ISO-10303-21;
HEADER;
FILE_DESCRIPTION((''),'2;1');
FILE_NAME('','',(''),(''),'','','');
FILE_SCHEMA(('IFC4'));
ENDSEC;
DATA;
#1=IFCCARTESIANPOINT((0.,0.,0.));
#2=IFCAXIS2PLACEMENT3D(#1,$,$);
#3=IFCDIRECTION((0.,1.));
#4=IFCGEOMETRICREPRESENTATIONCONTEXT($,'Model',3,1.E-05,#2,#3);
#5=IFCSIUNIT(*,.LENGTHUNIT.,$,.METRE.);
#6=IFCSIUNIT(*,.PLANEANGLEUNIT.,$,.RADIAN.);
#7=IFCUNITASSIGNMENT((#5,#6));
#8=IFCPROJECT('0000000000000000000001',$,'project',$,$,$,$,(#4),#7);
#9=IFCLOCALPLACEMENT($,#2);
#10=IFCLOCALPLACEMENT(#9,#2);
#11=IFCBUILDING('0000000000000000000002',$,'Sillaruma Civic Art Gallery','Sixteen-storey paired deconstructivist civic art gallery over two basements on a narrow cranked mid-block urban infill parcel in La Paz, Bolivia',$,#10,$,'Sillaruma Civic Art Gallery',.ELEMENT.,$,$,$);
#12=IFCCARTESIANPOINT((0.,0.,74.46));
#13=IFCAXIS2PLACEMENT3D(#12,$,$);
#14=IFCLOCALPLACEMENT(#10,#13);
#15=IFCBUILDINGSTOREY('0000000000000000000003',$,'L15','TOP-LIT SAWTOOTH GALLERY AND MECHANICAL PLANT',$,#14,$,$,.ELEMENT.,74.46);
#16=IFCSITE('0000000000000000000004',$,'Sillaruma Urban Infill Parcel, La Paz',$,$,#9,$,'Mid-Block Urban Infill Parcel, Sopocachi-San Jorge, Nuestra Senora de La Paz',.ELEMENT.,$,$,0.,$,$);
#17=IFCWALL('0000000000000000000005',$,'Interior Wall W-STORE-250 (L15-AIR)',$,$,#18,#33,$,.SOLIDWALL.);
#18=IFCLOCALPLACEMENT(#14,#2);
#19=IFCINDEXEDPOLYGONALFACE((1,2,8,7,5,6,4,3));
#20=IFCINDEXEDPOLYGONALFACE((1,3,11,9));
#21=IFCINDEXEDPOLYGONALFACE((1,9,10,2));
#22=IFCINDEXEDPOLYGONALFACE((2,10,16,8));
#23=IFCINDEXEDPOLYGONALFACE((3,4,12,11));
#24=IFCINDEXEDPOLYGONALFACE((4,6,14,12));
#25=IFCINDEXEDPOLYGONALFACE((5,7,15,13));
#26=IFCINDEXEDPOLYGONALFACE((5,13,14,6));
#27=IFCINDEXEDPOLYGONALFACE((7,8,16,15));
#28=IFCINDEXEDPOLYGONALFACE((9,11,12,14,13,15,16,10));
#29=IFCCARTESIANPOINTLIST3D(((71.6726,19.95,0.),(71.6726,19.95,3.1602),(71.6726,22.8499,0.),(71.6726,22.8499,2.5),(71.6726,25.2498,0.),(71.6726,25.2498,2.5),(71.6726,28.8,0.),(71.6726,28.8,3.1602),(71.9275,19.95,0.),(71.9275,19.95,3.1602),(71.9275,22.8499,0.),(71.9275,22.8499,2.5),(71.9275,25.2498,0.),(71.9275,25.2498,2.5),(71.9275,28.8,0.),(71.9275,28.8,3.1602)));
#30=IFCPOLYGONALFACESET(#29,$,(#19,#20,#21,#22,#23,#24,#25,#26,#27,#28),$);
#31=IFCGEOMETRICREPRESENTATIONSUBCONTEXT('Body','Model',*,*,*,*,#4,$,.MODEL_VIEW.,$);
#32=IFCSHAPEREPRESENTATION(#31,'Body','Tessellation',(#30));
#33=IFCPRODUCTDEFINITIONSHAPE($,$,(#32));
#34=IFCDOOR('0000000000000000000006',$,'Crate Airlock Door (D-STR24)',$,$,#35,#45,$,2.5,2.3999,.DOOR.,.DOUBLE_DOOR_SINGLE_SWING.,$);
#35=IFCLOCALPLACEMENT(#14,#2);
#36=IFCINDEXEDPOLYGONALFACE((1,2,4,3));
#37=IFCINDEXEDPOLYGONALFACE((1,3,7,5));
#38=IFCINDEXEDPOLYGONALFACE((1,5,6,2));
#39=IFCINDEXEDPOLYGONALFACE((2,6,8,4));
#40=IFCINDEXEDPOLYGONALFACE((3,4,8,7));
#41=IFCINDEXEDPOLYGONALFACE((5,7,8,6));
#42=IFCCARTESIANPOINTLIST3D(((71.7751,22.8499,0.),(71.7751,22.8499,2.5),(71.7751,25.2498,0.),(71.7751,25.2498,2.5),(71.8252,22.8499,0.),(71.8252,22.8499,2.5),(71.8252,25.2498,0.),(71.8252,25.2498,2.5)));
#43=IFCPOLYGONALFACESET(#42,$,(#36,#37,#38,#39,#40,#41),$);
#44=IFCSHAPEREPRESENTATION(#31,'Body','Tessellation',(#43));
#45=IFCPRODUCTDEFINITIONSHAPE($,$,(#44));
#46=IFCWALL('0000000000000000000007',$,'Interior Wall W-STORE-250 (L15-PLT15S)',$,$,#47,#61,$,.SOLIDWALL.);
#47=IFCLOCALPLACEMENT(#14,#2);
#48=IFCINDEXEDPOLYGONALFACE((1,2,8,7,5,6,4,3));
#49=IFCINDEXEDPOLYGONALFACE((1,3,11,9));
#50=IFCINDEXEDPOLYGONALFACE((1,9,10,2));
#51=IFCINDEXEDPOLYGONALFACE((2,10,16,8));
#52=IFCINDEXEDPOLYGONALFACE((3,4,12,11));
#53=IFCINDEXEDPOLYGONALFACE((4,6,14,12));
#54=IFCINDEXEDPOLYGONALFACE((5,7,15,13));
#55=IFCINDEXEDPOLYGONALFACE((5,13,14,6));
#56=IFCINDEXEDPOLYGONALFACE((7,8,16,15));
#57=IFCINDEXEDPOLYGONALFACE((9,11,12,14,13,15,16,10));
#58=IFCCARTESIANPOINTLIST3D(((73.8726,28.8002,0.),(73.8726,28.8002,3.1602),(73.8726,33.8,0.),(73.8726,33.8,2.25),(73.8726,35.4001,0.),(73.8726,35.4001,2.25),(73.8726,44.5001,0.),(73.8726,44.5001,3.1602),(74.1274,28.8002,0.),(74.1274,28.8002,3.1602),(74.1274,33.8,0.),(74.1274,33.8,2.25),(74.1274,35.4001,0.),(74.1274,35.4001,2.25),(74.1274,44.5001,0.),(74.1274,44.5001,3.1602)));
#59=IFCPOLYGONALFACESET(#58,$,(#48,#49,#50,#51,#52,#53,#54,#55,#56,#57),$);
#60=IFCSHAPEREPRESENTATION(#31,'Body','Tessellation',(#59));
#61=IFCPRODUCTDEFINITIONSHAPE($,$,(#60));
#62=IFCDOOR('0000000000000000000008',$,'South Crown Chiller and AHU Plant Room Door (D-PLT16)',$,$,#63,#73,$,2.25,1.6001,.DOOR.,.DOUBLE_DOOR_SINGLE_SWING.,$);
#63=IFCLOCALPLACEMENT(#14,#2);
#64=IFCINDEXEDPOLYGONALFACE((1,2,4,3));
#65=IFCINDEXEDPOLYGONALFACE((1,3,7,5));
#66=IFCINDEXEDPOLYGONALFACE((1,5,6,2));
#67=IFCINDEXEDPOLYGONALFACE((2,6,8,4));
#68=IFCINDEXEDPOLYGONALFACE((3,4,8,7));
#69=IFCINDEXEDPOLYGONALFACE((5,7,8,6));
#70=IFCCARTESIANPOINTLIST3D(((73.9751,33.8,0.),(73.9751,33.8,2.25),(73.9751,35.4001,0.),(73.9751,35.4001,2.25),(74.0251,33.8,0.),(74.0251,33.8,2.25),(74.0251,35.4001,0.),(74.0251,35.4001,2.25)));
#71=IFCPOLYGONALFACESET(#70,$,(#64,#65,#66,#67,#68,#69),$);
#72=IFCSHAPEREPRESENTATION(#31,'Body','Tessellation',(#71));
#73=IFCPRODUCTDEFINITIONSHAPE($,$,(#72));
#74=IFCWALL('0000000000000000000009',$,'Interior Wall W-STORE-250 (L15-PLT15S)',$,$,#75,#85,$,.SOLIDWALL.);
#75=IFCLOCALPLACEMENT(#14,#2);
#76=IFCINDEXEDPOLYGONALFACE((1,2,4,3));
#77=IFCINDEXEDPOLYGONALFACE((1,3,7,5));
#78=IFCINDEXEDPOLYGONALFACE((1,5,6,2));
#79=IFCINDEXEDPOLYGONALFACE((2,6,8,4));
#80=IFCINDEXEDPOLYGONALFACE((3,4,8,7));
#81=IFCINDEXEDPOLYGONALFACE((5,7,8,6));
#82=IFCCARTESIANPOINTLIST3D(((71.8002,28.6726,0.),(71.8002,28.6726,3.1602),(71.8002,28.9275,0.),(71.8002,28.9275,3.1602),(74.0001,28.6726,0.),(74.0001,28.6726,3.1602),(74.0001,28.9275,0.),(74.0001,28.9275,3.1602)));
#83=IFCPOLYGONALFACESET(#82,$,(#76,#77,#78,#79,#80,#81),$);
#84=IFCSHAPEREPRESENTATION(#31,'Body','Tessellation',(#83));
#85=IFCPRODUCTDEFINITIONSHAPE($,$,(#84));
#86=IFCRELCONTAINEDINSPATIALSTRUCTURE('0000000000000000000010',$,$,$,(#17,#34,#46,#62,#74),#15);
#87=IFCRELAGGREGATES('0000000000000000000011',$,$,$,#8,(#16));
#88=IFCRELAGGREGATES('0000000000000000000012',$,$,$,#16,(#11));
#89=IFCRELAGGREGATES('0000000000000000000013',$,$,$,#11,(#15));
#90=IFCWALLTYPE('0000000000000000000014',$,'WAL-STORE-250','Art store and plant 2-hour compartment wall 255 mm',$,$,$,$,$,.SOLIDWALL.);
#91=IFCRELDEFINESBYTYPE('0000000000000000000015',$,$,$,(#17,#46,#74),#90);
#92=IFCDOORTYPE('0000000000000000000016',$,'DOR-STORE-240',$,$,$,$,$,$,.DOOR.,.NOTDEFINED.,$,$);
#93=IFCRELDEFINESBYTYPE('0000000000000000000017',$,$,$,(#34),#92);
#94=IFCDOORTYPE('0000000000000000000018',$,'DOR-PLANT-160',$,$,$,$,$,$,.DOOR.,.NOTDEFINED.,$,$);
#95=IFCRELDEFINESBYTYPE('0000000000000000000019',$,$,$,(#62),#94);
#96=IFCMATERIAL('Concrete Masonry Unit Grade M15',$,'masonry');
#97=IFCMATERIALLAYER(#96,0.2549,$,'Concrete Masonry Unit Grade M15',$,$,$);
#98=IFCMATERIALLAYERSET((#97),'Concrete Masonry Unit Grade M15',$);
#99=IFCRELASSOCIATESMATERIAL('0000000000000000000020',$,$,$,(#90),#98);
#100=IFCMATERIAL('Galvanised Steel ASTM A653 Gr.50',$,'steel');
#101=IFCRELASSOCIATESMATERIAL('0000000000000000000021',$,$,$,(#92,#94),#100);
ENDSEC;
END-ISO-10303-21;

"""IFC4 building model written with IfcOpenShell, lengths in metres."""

from ifc_helpers import new_model, si_unit, direction, frame, frame_2d, origin, place, context, subcontext, project, spatial, rectangle, extrude, material, layer, layer_set, type_object, element, fill, save


model = new_model("IFC4")

# Units and contexts
model_context = context("Model", 3, precision=1e-05, world=origin(), true_north=direction((0.0, 1.0)))
body_context = subcontext(model_context, "Body", "Model", "MODEL_VIEW")
ifc_project = project(units=[si_unit("LENGTHUNIT", "METRE"), si_unit("PLANEANGLEUNIT", "RADIAN")], contexts=[model_context])

# Site, building, storey
site_placement = place(None, origin())
site = spatial("IfcSite", under=ifc_project, at=site_placement, Name="Sillaruma Urban Infill Parcel, La Paz", LongName="Mid-Block Urban Infill Parcel, Sopocachi-San Jorge, Nuestra Senora de La Paz", CompositionType="ELEMENT", RefElevation=0.0)
building_placement = place(site_placement, origin())
building = spatial("IfcBuilding", under=site, at=building_placement, Name="Sillaruma Civic Art Gallery", Description="Sixteen-storey paired deconstructivist civic art gallery over two basements on a narrow cranked mid-block urban infill parcel in La Paz, Bolivia", LongName="Sillaruma Civic Art Gallery", CompositionType="ELEMENT")
storey_placement = place(building_placement, frame((0.0, 0.0, 74.46)))
storey = spatial("IfcBuildingStorey", under=building, at=storey_placement, Name="L15", Description="TOP-LIT SAWTOOTH GALLERY AND MECHANICAL PLANT", CompositionType="ELEMENT", Elevation=74.46)

# Walls, openings, doors
ifc_material_1 = material(Name="Galvanised Steel ASTM A653 Gr.50", Category="steel")
ifc_material_2 = material(Name="Concrete Masonry Unit Grade M15", Category="masonry")
ifc_layer_1 = layer(ifc_material_2, 0.2549, Name="Concrete Masonry Unit Grade M15")
ifc_layer_set_1 = layer_set([ifc_layer_1], Name="Concrete Masonry Unit Grade M15")
wall_type_1 = type_object("IfcWallType", Name="WAL-STORE-250", Description="Art store and plant 2-hour compartment wall 255 mm", PredefinedType="SOLIDWALL", material=ifc_layer_set_1)
wall_1_placement = place(storey_placement, frame((71.8, 19.95, 0.0), z_axis=(0.0, 0.0, 1.0), x_axis=(0.0, 1.0, 0.0)))
wall_1 = element("IfcWall", 1, at=wall_1_placement, inside=storey, type_object=wall_type_1, Name="Interior Wall W-STORE-250 (L15-AIR)", PredefinedType="SOLIDWALL", context=body_context, shape_type="SweptSolid", body=[
    extrude(rectangle(XDim=8.8501, YDim=0.2549, at=frame_2d((4.425, 0.0))), origin(), (0.0, 0.0, 1.0), 3.1602),
])
opening_1_placement = place(wall_1_placement, frame((2.8999, 0.0, 0.0)))
opening_1 = element("IfcOpeningElement", 2, at=opening_1_placement, cuts=wall_1, PredefinedType="OPENING", context=body_context, shape_type="SweptSolid", body=[
    extrude(rectangle(XDim=2.3999, YDim=2.5, at=frame_2d((1.2, 1.25))), frame((0.0, 0.1375, 0.0), z_axis=(0.0, -1.0, 0.0), x_axis=(1.0, 0.0, 0.0)), (0.0, 0.0, 1.0), 0.2749),
])
door_type_1 = type_object("IfcDoorType", Name="DOR-STORE-240", OperationType="NOTDEFINED", PredefinedType="DOOR", material=ifc_material_1)
door_1_placement = place(opening_1_placement, origin())
door_1 = element("IfcDoor", 3, at=door_1_placement, inside=storey, type_object=door_type_1, Name="Crate Airlock Door (D-STR24)", OperationType="DOUBLE_DOOR_SINGLE_SWING", OverallHeight=2.5, OverallWidth=2.3999, PredefinedType="DOOR", context=body_context, shape_type="SweptSolid", body=[
    extrude(rectangle(XDim=2.3999, YDim=2.5, at=frame_2d((1.2, 1.25))), frame((0.0, 0.0249, 0.0), z_axis=(0.0, -1.0, 0.0), x_axis=(1.0, 0.0, 0.0)), (0.0, 0.0, 1.0), 0.05),
])
fill(opening_1, door_1)
wall_2_placement = place(storey_placement, frame((74.0, 28.8, 0.0), z_axis=(0.0, 0.0, 1.0), x_axis=(0.0, 1.0, 0.0)))
wall_2 = element("IfcWall", 4, at=wall_2_placement, inside=storey, type_object=wall_type_1, Name="Interior Wall W-STORE-250 (L15-PLT15S)", PredefinedType="SOLIDWALL", context=body_context, shape_type="SweptSolid", body=[
    extrude(rectangle(XDim=15.7, YDim=0.2549, at=frame_2d((7.8501, 0.0))), origin(), (0.0, 0.0, 1.0), 3.1602),
])
opening_2_placement = place(wall_2_placement, frame((5.0, 0.0, 0.0)))
opening_2 = element("IfcOpeningElement", 5, at=opening_2_placement, cuts=wall_2, PredefinedType="OPENING", context=body_context, shape_type="SweptSolid", body=[
    extrude(rectangle(XDim=1.6001, YDim=2.25, at=frame_2d((0.8, 1.125))), frame((0.0, 0.1375, 0.0), z_axis=(0.0, -1.0, 0.0), x_axis=(1.0, 0.0, 0.0)), (0.0, 0.0, 1.0), 0.2749),
])
door_type_2 = type_object("IfcDoorType", Name="DOR-PLANT-160", OperationType="NOTDEFINED", PredefinedType="DOOR", material=ifc_material_1)
door_2_placement = place(opening_2_placement, origin())
door_2 = element("IfcDoor", 6, at=door_2_placement, inside=storey, type_object=door_type_2, Name="South Crown Chiller and AHU Plant Room Door (D-PLT16)", OperationType="DOUBLE_DOOR_SINGLE_SWING", OverallHeight=2.25, OverallWidth=1.6001, PredefinedType="DOOR", context=body_context, shape_type="SweptSolid", body=[
    extrude(rectangle(XDim=1.6001, YDim=2.25, at=frame_2d((0.8, 1.125))), frame((0.0, 0.0249, 0.0), z_axis=(0.0, -1.0, 0.0), x_axis=(1.0, 0.0, 0.0)), (0.0, 0.0, 1.0), 0.05),
])
fill(opening_2, door_2)

# Wall
wall_3_placement = place(storey_placement, frame((71.8, 28.8, 0.0), z_axis=(0.0, 0.0, 1.0), x_axis=(1.0, 0.0, 0.0)))
element("IfcWall", 7, at=wall_3_placement, inside=storey, type_object=wall_type_1, Name="Interior Wall W-STORE-250 (L15-PLT15S)", PredefinedType="SOLIDWALL", context=body_context, shape_type="SweptSolid", body=[
    extrude(rectangle(XDim=2.2, YDim=0.2549, at=frame_2d((1.1001, 0.0))), origin(), (0.0, 0.0, 1.0), 3.1602),
])

save(model, "model.ifc")
